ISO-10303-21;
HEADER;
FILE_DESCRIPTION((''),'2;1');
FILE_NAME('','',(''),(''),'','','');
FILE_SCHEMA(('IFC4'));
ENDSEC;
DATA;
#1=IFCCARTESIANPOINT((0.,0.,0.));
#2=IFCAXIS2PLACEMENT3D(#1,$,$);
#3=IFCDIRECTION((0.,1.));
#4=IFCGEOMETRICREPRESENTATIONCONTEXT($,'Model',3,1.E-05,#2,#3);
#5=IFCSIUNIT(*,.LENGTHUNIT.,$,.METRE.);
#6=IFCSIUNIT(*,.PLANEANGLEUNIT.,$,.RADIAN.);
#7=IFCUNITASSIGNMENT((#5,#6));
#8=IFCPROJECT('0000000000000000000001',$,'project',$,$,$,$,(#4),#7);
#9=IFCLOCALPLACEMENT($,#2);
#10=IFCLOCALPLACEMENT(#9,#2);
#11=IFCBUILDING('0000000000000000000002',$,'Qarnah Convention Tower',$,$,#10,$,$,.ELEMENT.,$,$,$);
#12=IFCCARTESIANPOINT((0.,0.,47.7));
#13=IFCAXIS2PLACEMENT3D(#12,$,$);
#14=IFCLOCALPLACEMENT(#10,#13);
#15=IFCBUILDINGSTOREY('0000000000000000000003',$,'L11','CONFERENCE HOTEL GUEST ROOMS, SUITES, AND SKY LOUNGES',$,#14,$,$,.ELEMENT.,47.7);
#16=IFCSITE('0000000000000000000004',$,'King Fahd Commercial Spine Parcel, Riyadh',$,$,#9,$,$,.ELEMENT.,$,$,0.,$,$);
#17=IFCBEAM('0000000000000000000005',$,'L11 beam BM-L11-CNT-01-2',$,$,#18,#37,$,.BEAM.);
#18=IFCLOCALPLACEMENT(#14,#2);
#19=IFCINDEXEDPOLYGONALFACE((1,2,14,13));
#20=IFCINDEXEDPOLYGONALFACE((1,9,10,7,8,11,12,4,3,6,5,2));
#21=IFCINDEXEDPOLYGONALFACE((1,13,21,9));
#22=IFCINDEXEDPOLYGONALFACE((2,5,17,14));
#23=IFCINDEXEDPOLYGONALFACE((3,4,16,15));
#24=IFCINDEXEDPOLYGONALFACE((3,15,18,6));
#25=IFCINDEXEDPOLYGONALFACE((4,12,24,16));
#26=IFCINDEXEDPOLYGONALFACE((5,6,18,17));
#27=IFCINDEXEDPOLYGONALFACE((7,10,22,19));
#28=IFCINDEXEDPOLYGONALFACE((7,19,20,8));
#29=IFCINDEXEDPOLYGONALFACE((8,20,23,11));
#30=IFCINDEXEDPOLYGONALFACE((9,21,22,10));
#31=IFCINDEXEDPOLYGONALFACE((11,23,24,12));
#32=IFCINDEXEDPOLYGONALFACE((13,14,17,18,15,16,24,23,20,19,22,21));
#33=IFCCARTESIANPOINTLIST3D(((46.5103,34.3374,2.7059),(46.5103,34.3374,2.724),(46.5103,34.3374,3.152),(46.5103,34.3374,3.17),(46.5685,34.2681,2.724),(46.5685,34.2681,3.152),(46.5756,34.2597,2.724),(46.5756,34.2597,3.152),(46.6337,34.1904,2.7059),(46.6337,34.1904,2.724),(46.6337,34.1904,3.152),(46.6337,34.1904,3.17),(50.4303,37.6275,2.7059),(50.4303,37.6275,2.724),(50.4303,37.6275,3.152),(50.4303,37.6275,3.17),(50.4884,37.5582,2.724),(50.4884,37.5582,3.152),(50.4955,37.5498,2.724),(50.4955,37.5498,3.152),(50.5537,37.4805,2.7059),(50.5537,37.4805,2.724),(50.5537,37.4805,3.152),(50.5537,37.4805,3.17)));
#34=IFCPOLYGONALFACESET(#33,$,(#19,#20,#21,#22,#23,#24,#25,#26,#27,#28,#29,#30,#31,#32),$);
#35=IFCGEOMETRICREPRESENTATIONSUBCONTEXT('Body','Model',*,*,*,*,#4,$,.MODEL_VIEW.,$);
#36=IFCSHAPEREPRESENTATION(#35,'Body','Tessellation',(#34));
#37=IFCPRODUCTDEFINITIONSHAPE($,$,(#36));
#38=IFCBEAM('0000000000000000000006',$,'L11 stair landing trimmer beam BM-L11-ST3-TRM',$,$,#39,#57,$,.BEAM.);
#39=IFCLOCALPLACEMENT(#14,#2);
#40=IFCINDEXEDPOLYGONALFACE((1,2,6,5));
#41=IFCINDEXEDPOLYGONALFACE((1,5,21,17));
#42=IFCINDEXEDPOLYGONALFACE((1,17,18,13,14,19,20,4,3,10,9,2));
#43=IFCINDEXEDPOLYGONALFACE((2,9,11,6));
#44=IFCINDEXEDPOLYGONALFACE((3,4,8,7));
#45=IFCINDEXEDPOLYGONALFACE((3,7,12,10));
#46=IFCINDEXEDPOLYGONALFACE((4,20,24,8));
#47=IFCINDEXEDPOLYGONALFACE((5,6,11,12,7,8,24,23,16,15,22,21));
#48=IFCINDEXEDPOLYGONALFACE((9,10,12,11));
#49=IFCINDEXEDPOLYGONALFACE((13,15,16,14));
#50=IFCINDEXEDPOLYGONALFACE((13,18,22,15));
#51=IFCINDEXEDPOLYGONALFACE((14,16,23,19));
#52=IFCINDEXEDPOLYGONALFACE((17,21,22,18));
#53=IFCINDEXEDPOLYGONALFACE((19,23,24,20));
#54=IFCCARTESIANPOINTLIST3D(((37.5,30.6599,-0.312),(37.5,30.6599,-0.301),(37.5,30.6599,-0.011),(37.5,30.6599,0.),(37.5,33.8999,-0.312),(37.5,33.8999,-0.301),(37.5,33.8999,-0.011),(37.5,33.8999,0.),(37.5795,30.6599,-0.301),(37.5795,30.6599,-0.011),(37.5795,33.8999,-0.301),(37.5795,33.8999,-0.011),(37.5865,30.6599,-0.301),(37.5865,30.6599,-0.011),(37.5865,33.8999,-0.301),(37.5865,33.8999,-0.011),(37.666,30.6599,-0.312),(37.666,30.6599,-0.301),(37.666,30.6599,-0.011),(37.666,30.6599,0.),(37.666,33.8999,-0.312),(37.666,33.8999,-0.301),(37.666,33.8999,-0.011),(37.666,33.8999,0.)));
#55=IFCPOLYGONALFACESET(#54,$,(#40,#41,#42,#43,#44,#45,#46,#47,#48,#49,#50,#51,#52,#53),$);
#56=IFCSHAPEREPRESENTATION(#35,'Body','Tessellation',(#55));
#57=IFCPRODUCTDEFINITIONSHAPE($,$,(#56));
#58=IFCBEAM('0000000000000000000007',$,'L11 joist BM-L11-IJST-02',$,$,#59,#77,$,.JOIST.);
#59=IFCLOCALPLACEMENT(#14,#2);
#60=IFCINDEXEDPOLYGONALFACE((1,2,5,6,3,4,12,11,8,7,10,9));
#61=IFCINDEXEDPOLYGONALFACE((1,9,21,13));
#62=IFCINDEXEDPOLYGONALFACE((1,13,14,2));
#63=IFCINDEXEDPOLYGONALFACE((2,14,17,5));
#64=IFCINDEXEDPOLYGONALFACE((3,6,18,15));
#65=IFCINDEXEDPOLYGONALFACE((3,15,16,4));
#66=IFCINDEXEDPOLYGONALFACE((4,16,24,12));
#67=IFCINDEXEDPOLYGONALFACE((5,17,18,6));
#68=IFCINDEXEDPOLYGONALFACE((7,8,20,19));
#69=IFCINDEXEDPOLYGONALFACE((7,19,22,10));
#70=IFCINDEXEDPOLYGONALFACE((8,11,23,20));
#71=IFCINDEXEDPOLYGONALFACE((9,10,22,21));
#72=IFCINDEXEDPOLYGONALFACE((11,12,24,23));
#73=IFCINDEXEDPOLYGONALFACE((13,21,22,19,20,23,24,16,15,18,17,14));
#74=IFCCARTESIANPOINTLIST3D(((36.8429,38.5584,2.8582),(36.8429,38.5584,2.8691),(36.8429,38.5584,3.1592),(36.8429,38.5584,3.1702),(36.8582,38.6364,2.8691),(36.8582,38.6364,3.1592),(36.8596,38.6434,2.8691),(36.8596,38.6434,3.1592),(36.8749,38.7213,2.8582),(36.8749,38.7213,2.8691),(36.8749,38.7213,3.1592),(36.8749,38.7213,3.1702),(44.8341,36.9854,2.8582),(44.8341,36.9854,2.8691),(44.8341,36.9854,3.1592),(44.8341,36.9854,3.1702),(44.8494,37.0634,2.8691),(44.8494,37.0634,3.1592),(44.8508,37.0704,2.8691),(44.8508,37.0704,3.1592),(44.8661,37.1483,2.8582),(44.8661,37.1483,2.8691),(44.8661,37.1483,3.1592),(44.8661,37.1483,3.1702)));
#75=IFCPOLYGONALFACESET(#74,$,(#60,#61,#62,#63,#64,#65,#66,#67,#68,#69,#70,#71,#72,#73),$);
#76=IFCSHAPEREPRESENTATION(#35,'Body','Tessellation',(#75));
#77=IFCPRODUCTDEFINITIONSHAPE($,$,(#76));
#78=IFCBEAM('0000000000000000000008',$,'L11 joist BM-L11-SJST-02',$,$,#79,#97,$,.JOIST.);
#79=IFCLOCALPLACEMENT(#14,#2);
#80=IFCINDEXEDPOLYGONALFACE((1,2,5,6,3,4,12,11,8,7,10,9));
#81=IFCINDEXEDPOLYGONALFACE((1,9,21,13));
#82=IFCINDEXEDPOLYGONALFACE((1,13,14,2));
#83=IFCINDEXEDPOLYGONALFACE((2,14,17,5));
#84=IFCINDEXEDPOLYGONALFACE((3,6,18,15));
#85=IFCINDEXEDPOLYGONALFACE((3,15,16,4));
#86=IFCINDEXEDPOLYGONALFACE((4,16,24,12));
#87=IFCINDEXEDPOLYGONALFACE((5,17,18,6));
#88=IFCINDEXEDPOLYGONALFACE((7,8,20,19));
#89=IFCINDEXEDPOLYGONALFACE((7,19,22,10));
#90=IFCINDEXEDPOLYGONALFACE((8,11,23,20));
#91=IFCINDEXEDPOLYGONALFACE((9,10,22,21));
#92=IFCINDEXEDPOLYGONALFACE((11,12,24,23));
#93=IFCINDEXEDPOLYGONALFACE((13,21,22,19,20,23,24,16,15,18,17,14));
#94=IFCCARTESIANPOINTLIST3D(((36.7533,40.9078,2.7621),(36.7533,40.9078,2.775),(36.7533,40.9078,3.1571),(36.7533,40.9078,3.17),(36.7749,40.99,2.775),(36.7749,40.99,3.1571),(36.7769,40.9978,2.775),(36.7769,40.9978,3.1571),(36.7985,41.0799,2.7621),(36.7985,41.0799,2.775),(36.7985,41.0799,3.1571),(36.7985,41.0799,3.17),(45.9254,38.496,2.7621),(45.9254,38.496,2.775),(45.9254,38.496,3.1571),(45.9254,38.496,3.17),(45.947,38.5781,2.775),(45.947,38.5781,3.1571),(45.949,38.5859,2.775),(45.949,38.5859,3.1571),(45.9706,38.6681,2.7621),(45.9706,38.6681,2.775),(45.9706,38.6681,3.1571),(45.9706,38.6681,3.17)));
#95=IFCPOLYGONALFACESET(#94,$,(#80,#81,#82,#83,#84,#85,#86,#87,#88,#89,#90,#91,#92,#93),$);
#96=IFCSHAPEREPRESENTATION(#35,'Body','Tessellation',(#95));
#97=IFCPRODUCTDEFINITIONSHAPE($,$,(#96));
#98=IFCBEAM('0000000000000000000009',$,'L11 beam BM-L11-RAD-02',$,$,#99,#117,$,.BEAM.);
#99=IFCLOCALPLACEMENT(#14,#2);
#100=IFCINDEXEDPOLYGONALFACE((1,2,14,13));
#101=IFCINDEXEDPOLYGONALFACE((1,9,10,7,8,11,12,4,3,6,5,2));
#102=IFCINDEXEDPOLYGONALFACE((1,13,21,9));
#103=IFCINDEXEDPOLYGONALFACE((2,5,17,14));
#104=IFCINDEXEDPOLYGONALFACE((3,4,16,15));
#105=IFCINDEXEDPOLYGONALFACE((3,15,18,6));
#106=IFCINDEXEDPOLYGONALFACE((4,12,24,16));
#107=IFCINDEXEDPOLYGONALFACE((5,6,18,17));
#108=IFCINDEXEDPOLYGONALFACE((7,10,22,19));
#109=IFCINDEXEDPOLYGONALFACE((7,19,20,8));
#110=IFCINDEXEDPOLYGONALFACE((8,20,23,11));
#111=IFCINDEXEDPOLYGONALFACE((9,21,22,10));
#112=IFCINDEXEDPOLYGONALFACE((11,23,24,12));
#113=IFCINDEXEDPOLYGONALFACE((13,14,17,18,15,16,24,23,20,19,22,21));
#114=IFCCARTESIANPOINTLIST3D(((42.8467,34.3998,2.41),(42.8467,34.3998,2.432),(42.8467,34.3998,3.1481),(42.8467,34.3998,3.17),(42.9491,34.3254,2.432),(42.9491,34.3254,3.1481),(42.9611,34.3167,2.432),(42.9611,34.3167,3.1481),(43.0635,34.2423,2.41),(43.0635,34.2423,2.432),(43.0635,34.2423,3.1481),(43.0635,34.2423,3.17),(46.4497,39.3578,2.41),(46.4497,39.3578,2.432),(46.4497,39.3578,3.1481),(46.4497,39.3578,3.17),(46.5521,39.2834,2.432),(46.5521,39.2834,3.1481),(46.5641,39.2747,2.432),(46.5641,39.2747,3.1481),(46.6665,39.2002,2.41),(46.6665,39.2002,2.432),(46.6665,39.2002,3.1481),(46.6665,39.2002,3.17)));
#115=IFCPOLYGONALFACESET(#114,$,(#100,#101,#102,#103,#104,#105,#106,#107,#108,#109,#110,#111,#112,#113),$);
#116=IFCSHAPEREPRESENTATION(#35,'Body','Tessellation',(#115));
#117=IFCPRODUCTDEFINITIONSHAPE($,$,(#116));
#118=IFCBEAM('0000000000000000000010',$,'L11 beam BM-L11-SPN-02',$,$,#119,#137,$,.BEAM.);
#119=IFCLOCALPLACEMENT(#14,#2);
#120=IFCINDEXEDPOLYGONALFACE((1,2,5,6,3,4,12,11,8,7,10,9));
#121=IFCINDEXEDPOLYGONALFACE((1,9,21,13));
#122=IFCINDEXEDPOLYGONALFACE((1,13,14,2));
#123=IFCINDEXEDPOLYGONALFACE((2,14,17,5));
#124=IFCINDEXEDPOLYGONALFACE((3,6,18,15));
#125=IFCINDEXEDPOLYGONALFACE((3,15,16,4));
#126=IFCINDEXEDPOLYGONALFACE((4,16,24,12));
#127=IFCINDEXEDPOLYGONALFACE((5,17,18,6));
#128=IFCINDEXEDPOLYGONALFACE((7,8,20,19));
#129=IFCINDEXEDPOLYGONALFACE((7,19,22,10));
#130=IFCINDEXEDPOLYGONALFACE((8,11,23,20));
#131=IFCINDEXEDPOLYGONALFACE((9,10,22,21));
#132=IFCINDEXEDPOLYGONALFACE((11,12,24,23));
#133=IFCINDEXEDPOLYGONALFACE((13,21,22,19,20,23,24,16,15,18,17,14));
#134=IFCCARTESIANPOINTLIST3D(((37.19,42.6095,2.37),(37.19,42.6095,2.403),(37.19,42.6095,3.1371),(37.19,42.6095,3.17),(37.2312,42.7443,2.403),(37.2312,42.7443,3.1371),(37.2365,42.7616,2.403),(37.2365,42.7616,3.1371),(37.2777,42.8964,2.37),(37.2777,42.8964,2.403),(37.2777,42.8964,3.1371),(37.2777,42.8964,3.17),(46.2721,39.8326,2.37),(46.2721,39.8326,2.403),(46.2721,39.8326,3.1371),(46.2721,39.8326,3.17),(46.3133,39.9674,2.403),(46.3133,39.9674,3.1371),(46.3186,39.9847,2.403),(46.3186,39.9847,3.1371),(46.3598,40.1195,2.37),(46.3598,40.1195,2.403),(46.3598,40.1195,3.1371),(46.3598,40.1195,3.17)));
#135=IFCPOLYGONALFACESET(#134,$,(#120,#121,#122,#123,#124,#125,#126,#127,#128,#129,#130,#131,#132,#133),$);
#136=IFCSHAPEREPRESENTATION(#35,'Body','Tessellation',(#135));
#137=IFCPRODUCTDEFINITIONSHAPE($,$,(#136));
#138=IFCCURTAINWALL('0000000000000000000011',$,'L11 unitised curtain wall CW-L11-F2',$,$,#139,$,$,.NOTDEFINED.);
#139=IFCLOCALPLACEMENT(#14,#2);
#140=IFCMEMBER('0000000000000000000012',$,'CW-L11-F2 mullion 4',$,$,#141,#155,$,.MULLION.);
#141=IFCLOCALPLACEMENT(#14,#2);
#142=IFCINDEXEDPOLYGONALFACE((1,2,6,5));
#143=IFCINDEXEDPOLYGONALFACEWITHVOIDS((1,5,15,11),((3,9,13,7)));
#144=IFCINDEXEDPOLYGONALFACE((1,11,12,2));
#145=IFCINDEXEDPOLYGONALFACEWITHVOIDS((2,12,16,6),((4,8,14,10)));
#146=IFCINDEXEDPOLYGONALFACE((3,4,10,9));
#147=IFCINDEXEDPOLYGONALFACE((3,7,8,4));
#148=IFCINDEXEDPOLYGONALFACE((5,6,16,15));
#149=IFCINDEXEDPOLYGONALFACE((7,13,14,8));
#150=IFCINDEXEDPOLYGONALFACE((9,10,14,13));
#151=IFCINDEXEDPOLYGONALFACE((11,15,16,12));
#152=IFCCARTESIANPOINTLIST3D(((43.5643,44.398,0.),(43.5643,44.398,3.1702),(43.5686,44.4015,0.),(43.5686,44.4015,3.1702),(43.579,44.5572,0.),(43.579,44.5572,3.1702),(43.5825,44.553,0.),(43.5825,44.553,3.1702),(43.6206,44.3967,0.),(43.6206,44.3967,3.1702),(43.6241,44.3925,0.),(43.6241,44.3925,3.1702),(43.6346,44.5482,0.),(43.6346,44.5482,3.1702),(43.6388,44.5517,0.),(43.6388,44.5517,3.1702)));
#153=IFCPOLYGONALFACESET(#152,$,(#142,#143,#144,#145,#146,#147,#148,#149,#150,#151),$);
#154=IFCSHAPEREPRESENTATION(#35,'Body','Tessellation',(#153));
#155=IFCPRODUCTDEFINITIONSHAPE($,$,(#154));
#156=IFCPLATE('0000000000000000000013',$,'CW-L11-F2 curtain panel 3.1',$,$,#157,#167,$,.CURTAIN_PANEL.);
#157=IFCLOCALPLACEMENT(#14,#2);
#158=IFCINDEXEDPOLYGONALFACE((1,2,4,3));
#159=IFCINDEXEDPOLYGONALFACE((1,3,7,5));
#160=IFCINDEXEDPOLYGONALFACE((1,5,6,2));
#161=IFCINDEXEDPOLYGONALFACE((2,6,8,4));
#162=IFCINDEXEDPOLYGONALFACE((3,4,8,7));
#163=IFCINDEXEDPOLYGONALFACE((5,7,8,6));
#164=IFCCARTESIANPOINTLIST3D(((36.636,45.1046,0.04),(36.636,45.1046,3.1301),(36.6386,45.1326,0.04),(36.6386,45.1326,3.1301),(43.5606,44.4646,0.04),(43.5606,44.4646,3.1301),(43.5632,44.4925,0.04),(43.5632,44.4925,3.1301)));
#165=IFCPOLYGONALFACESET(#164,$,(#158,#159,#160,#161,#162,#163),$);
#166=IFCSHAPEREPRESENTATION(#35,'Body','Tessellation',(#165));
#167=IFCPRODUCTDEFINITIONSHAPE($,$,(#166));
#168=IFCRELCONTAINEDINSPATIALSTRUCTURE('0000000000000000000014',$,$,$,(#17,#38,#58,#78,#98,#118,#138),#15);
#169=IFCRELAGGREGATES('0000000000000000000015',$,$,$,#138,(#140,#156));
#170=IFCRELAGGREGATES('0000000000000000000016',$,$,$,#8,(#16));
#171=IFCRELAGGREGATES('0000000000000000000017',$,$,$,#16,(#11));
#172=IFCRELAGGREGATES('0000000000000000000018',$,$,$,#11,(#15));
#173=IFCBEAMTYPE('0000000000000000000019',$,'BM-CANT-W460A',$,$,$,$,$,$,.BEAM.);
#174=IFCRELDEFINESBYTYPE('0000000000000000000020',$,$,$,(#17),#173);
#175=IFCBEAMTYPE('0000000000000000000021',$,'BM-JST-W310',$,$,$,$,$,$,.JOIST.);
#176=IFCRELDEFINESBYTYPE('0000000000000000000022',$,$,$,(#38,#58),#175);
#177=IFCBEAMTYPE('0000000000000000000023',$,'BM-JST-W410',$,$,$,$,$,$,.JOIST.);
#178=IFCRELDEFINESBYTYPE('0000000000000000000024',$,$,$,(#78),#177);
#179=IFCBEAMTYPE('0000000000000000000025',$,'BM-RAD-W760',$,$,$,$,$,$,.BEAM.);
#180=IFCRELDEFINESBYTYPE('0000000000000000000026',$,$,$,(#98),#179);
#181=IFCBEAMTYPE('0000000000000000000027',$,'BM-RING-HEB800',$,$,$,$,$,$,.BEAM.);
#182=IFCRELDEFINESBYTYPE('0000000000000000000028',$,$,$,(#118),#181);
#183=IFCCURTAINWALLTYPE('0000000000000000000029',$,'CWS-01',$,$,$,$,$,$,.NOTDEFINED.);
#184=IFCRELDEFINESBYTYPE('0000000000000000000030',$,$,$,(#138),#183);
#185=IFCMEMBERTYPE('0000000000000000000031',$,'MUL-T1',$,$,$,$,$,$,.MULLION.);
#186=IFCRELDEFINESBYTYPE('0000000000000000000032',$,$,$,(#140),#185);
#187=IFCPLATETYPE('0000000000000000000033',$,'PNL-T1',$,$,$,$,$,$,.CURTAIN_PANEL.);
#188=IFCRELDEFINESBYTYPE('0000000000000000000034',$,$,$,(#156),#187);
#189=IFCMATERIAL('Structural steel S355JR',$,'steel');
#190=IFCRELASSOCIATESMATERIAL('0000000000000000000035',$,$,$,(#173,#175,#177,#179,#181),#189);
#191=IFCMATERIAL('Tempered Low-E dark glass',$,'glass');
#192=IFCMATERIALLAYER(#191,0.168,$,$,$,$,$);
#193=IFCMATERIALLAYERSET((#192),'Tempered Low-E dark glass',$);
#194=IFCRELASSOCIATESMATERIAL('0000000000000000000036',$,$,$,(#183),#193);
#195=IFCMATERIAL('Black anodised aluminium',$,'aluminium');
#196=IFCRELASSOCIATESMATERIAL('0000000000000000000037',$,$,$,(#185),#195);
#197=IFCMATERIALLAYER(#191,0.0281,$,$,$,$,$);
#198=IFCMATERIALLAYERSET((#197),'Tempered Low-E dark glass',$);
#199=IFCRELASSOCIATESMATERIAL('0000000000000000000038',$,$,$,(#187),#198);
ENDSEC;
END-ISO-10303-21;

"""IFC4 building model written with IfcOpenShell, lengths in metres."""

from ifc_helpers import new_model, si_unit, direction, frame, origin, origin_2d, place, context, subcontext, project, spatial, rectangle, hollow_rectangle, i_section, extrude, material, layer, layer_set, material_profile, profile_set, type_object, element, aggregate, save


model = new_model("IFC4")

# Units and contexts
model_context = context("Model", 3, precision=1e-05, world=origin(), true_north=direction((0.0, 1.0)))
body_context = subcontext(model_context, "Body", "Model", "MODEL_VIEW")
ifc_project = project(units=[si_unit("LENGTHUNIT", "METRE"), si_unit("PLANEANGLEUNIT", "RADIAN")], contexts=[model_context])

# Site, building, storey
site_placement = place(None, origin())
site = spatial("IfcSite", under=ifc_project, at=site_placement, Name="King Fahd Commercial Spine Parcel, Riyadh", CompositionType="ELEMENT", RefElevation=0.0)
building_placement = place(site_placement, origin())
building = spatial("IfcBuilding", under=site, at=building_placement, Name="Qarnah Convention Tower", CompositionType="ELEMENT")
storey_placement = place(building_placement, frame((0.0, 0.0, 47.7)))
storey = spatial("IfcBuildingStorey", under=building, at=storey_placement, Name="L11", Description="CONFERENCE HOTEL GUEST ROOMS, SUITES, AND SKY LOUNGES", CompositionType="ELEMENT", Elevation=47.7)

# Beams
ifc_material_1 = material(Name="Structural steel S355JR", Category="steel")
ifc_material_profile_1 = material_profile(ifc_material_1, i_section(OverallWidth=0.1919, OverallDepth=0.4641, WebThickness=0.011, FlangeThickness=0.0181, at=origin_2d()), Name="W460X89")
ifc_profile_set_1 = profile_set([ifc_material_profile_1], Name="Structural steel S355JR")
beam_type_1 = type_object("IfcBeamType", Name="BM-CANT-W460A", PredefinedType="BEAM", material=ifc_profile_set_1)
beam_1_placement = place(storey_placement, frame((46.572, 34.2639, 2.938), z_axis=(0.765964, 0.642883, 0.0), x_axis=(-0.642883, 0.765964, 0.0)))
element("IfcBeam", 1, at=beam_1_placement, inside=storey, type_object=beam_type_1, Name="L11 beam BM-L11-CNT-01-2", PredefinedType="BEAM", context=body_context, shape_type="SweptSolid", body=[
    extrude(i_section(OverallWidth=0.1919, OverallDepth=0.4641, WebThickness=0.011, FlangeThickness=0.0181, at=origin_2d()), origin(), (0.0, 0.0, 1.0), 5.1177),
])
ifc_material_profile_2 = material_profile(ifc_material_1, i_section(OverallWidth=0.166, OverallDepth=0.312, WebThickness=0.0071, FlangeThickness=0.011, at=origin_2d()), Name="W310X45")
ifc_profile_set_2 = profile_set([ifc_material_profile_2], Name="Structural steel S355JR")
beam_type_2 = type_object("IfcBeamType", Name="BM-JST-W310", PredefinedType="JOIST", material=ifc_profile_set_2)
beam_2_placement = place(storey_placement, frame((37.583, 30.6599, -0.156), z_axis=(0.0, 1.0, 0.0), x_axis=(-1.0, 0.0, 0.0)))
element("IfcBeam", 2, at=beam_2_placement, inside=storey, type_object=beam_type_2, Name="L11 stair landing trimmer beam BM-L11-ST3-TRM", PredefinedType="BEAM", context=body_context, shape_type="SweptSolid", body=[
    extrude(i_section(OverallWidth=0.166, OverallDepth=0.312, WebThickness=0.0071, FlangeThickness=0.011, at=origin_2d()), origin(), (0.0, 0.0, 1.0), 3.24),
])
beam_3_placement = place(storey_placement, frame((44.8501, 37.0669, 3.0142), z_axis=(-0.981172, 0.193135, 0.0), x_axis=(-0.193135, -0.981172, 0.0)))
element("IfcBeam", 3, at=beam_3_placement, inside=storey, type_object=beam_type_2, Name="L11 joist BM-L11-IJST-02", PredefinedType="JOIST", context=body_context, shape_type="SweptSolid", body=[
    extrude(i_section(OverallWidth=0.166, OverallDepth=0.312, WebThickness=0.0071, FlangeThickness=0.011, at=origin_2d()), origin(), (0.0, 0.0, 1.0), 8.1445),
])
ifc_material_profile_3 = material_profile(ifc_material_1, i_section(OverallWidth=0.178, OverallDepth=0.408, WebThickness=0.0081, FlangeThickness=0.0129, at=origin_2d()), Name="W410X60")
ifc_profile_set_3 = profile_set([ifc_material_profile_3], Name="Structural steel S355JR")
beam_type_3 = type_object("IfcBeamType", Name="BM-JST-W410", PredefinedType="JOIST", material=ifc_profile_set_3)
beam_4_placement = place(storey_placement, frame((45.948, 38.582, 2.9661), z_axis=(-0.967123, 0.254311, 0.0), x_axis=(-0.254311, -0.967123, 0.0)))
element("IfcBeam", 4, at=beam_4_placement, inside=storey, type_object=beam_type_3, Name="L11 joist BM-L11-SJST-02", PredefinedType="JOIST", context=body_context, shape_type="SweptSolid", body=[
    extrude(i_section(OverallWidth=0.178, OverallDepth=0.408, WebThickness=0.0081, FlangeThickness=0.0129, at=origin_2d()), origin(), (0.0, 0.0, 1.0), 9.4839),
])
ifc_material_profile_4 = material_profile(ifc_material_1, i_section(OverallWidth=0.2681, OverallDepth=0.76, WebThickness=0.0149, FlangeThickness=0.022, at=origin_2d()), Name="W760X185")
ifc_profile_set_4 = profile_set([ifc_material_profile_4], Name="Structural steel S355JR")
beam_type_4 = type_object("IfcBeamType", Name="BM-RAD-W760", PredefinedType="BEAM", material=ifc_profile_set_4)
beam_5_placement = place(storey_placement, frame((42.9551, 34.321, 2.79), z_axis=(0.587873, 0.808953, 0.0), x_axis=(-0.808953, 0.587873, 0.0)))
element("IfcBeam", 5, at=beam_5_placement, inside=storey, type_object=beam_type_4, Name="L11 beam BM-L11-RAD-02", PredefinedType="BEAM", context=body_context, shape_type="SweptSolid", body=[
    extrude(i_section(OverallWidth=0.2681, OverallDepth=0.76, WebThickness=0.0149, FlangeThickness=0.022, at=origin_2d()), origin(), (0.0, 0.0, 1.0), 6.1289),
])
ifc_material_profile_5 = material_profile(ifc_material_1, i_section(OverallWidth=0.3, OverallDepth=0.8, WebThickness=0.0181, FlangeThickness=0.033, at=origin_2d()), Name="HEB800")
ifc_profile_set_5 = profile_set([ifc_material_profile_5], Name="Structural steel S355JR")
beam_type_5 = type_object("IfcBeamType", Name="BM-RING-HEB800", PredefinedType="BEAM", material=ifc_profile_set_5)
beam_6_placement = place(storey_placement, frame((46.3159, 39.9761, 2.77), z_axis=(-0.956299, 0.292391, 0.0), x_axis=(-0.292391, -0.956299, 0.0)))
element("IfcBeam", 6, at=beam_6_placement, inside=storey, type_object=beam_type_5, Name="L11 beam BM-L11-SPN-02", PredefinedType="BEAM", context=body_context, shape_type="SweptSolid", body=[
    extrude(i_section(OverallWidth=0.3, OverallDepth=0.8, WebThickness=0.0181, FlangeThickness=0.033, at=origin_2d()), origin(), (0.0, 0.0, 1.0), 9.4971),
])

# Curtain wall, member, plate
ifc_material_2 = material(Name="Tempered Low-E dark glass", Category="glass")
ifc_layer_1 = layer(ifc_material_2, 0.168)
ifc_layer_set_1 = layer_set([ifc_layer_1], Name="Tempered Low-E dark glass")
curtain_wall_type = type_object("IfcCurtainWallType", Name="CWS-01", PredefinedType="NOTDEFINED", material=ifc_layer_set_1)
curtain_wall_placement = place(storey_placement, origin())
curtain_wall = element("IfcCurtainWall", 7, at=curtain_wall_placement, inside=storey, type_object=curtain_wall_type, Name="L11 unitised curtain wall CW-L11-F2", PredefinedType="NOTDEFINED")
ifc_material_3 = material(Name="Black anodised aluminium", Category="aluminium")
ifc_material_profile_6 = material_profile(ifc_material_3, hollow_rectangle(XDim=0.0601, YDim=0.1599, WallThickness=0.0039, at=origin_2d()), Name="MUL-60X160")
ifc_profile_set_6 = profile_set([ifc_material_profile_6], Name="Black anodised aluminium")
member_type = type_object("IfcMemberType", Name="MUL-T1", PredefinedType="MULLION", material=ifc_profile_set_6)
member_placement = place(storey_placement, frame((43.6016, 44.4749, 0.0), z_axis=(0.0, 0.0, 1.0), x_axis=(0.995756, -0.092038, 0.0)))
member = element("IfcMember", 8, at=member_placement, type_object=member_type, Name="CW-L11-F2 mullion 4", PredefinedType="MULLION", context=body_context, shape_type="SweptSolid", body=[
    extrude(hollow_rectangle(XDim=0.0601, YDim=0.1599, WallThickness=0.0039, at=origin_2d()), origin(), (0.0, 0.0, 1.0), 3.1702),
])
ifc_layer_2 = layer(ifc_material_2, 0.0281)
ifc_layer_set_2 = layer_set([ifc_layer_2], Name="Tempered Low-E dark glass")
plate_type = type_object("IfcPlateType", Name="PNL-T1", PredefinedType="CURTAIN_PANEL", material=ifc_layer_set_2)
plate_placement = place(storey_placement, frame((40.0996, 44.7986, 0.04), z_axis=(0.0, 0.0, 1.0), x_axis=(0.995756, -0.092038, 0.0)))
plate = element("IfcPlate", 9, at=plate_placement, type_object=plate_type, Name="CW-L11-F2 curtain panel 3.1", PredefinedType="CURTAIN_PANEL", context=body_context, shape_type="SweptSolid", body=[
    extrude(rectangle(XDim=6.9541, YDim=0.0281, at=origin_2d()), origin(), (0.0, 0.0, 1.0), 3.0901),
])
aggregate(curtain_wall, [member, plate])

save(model, "model.ifc")
